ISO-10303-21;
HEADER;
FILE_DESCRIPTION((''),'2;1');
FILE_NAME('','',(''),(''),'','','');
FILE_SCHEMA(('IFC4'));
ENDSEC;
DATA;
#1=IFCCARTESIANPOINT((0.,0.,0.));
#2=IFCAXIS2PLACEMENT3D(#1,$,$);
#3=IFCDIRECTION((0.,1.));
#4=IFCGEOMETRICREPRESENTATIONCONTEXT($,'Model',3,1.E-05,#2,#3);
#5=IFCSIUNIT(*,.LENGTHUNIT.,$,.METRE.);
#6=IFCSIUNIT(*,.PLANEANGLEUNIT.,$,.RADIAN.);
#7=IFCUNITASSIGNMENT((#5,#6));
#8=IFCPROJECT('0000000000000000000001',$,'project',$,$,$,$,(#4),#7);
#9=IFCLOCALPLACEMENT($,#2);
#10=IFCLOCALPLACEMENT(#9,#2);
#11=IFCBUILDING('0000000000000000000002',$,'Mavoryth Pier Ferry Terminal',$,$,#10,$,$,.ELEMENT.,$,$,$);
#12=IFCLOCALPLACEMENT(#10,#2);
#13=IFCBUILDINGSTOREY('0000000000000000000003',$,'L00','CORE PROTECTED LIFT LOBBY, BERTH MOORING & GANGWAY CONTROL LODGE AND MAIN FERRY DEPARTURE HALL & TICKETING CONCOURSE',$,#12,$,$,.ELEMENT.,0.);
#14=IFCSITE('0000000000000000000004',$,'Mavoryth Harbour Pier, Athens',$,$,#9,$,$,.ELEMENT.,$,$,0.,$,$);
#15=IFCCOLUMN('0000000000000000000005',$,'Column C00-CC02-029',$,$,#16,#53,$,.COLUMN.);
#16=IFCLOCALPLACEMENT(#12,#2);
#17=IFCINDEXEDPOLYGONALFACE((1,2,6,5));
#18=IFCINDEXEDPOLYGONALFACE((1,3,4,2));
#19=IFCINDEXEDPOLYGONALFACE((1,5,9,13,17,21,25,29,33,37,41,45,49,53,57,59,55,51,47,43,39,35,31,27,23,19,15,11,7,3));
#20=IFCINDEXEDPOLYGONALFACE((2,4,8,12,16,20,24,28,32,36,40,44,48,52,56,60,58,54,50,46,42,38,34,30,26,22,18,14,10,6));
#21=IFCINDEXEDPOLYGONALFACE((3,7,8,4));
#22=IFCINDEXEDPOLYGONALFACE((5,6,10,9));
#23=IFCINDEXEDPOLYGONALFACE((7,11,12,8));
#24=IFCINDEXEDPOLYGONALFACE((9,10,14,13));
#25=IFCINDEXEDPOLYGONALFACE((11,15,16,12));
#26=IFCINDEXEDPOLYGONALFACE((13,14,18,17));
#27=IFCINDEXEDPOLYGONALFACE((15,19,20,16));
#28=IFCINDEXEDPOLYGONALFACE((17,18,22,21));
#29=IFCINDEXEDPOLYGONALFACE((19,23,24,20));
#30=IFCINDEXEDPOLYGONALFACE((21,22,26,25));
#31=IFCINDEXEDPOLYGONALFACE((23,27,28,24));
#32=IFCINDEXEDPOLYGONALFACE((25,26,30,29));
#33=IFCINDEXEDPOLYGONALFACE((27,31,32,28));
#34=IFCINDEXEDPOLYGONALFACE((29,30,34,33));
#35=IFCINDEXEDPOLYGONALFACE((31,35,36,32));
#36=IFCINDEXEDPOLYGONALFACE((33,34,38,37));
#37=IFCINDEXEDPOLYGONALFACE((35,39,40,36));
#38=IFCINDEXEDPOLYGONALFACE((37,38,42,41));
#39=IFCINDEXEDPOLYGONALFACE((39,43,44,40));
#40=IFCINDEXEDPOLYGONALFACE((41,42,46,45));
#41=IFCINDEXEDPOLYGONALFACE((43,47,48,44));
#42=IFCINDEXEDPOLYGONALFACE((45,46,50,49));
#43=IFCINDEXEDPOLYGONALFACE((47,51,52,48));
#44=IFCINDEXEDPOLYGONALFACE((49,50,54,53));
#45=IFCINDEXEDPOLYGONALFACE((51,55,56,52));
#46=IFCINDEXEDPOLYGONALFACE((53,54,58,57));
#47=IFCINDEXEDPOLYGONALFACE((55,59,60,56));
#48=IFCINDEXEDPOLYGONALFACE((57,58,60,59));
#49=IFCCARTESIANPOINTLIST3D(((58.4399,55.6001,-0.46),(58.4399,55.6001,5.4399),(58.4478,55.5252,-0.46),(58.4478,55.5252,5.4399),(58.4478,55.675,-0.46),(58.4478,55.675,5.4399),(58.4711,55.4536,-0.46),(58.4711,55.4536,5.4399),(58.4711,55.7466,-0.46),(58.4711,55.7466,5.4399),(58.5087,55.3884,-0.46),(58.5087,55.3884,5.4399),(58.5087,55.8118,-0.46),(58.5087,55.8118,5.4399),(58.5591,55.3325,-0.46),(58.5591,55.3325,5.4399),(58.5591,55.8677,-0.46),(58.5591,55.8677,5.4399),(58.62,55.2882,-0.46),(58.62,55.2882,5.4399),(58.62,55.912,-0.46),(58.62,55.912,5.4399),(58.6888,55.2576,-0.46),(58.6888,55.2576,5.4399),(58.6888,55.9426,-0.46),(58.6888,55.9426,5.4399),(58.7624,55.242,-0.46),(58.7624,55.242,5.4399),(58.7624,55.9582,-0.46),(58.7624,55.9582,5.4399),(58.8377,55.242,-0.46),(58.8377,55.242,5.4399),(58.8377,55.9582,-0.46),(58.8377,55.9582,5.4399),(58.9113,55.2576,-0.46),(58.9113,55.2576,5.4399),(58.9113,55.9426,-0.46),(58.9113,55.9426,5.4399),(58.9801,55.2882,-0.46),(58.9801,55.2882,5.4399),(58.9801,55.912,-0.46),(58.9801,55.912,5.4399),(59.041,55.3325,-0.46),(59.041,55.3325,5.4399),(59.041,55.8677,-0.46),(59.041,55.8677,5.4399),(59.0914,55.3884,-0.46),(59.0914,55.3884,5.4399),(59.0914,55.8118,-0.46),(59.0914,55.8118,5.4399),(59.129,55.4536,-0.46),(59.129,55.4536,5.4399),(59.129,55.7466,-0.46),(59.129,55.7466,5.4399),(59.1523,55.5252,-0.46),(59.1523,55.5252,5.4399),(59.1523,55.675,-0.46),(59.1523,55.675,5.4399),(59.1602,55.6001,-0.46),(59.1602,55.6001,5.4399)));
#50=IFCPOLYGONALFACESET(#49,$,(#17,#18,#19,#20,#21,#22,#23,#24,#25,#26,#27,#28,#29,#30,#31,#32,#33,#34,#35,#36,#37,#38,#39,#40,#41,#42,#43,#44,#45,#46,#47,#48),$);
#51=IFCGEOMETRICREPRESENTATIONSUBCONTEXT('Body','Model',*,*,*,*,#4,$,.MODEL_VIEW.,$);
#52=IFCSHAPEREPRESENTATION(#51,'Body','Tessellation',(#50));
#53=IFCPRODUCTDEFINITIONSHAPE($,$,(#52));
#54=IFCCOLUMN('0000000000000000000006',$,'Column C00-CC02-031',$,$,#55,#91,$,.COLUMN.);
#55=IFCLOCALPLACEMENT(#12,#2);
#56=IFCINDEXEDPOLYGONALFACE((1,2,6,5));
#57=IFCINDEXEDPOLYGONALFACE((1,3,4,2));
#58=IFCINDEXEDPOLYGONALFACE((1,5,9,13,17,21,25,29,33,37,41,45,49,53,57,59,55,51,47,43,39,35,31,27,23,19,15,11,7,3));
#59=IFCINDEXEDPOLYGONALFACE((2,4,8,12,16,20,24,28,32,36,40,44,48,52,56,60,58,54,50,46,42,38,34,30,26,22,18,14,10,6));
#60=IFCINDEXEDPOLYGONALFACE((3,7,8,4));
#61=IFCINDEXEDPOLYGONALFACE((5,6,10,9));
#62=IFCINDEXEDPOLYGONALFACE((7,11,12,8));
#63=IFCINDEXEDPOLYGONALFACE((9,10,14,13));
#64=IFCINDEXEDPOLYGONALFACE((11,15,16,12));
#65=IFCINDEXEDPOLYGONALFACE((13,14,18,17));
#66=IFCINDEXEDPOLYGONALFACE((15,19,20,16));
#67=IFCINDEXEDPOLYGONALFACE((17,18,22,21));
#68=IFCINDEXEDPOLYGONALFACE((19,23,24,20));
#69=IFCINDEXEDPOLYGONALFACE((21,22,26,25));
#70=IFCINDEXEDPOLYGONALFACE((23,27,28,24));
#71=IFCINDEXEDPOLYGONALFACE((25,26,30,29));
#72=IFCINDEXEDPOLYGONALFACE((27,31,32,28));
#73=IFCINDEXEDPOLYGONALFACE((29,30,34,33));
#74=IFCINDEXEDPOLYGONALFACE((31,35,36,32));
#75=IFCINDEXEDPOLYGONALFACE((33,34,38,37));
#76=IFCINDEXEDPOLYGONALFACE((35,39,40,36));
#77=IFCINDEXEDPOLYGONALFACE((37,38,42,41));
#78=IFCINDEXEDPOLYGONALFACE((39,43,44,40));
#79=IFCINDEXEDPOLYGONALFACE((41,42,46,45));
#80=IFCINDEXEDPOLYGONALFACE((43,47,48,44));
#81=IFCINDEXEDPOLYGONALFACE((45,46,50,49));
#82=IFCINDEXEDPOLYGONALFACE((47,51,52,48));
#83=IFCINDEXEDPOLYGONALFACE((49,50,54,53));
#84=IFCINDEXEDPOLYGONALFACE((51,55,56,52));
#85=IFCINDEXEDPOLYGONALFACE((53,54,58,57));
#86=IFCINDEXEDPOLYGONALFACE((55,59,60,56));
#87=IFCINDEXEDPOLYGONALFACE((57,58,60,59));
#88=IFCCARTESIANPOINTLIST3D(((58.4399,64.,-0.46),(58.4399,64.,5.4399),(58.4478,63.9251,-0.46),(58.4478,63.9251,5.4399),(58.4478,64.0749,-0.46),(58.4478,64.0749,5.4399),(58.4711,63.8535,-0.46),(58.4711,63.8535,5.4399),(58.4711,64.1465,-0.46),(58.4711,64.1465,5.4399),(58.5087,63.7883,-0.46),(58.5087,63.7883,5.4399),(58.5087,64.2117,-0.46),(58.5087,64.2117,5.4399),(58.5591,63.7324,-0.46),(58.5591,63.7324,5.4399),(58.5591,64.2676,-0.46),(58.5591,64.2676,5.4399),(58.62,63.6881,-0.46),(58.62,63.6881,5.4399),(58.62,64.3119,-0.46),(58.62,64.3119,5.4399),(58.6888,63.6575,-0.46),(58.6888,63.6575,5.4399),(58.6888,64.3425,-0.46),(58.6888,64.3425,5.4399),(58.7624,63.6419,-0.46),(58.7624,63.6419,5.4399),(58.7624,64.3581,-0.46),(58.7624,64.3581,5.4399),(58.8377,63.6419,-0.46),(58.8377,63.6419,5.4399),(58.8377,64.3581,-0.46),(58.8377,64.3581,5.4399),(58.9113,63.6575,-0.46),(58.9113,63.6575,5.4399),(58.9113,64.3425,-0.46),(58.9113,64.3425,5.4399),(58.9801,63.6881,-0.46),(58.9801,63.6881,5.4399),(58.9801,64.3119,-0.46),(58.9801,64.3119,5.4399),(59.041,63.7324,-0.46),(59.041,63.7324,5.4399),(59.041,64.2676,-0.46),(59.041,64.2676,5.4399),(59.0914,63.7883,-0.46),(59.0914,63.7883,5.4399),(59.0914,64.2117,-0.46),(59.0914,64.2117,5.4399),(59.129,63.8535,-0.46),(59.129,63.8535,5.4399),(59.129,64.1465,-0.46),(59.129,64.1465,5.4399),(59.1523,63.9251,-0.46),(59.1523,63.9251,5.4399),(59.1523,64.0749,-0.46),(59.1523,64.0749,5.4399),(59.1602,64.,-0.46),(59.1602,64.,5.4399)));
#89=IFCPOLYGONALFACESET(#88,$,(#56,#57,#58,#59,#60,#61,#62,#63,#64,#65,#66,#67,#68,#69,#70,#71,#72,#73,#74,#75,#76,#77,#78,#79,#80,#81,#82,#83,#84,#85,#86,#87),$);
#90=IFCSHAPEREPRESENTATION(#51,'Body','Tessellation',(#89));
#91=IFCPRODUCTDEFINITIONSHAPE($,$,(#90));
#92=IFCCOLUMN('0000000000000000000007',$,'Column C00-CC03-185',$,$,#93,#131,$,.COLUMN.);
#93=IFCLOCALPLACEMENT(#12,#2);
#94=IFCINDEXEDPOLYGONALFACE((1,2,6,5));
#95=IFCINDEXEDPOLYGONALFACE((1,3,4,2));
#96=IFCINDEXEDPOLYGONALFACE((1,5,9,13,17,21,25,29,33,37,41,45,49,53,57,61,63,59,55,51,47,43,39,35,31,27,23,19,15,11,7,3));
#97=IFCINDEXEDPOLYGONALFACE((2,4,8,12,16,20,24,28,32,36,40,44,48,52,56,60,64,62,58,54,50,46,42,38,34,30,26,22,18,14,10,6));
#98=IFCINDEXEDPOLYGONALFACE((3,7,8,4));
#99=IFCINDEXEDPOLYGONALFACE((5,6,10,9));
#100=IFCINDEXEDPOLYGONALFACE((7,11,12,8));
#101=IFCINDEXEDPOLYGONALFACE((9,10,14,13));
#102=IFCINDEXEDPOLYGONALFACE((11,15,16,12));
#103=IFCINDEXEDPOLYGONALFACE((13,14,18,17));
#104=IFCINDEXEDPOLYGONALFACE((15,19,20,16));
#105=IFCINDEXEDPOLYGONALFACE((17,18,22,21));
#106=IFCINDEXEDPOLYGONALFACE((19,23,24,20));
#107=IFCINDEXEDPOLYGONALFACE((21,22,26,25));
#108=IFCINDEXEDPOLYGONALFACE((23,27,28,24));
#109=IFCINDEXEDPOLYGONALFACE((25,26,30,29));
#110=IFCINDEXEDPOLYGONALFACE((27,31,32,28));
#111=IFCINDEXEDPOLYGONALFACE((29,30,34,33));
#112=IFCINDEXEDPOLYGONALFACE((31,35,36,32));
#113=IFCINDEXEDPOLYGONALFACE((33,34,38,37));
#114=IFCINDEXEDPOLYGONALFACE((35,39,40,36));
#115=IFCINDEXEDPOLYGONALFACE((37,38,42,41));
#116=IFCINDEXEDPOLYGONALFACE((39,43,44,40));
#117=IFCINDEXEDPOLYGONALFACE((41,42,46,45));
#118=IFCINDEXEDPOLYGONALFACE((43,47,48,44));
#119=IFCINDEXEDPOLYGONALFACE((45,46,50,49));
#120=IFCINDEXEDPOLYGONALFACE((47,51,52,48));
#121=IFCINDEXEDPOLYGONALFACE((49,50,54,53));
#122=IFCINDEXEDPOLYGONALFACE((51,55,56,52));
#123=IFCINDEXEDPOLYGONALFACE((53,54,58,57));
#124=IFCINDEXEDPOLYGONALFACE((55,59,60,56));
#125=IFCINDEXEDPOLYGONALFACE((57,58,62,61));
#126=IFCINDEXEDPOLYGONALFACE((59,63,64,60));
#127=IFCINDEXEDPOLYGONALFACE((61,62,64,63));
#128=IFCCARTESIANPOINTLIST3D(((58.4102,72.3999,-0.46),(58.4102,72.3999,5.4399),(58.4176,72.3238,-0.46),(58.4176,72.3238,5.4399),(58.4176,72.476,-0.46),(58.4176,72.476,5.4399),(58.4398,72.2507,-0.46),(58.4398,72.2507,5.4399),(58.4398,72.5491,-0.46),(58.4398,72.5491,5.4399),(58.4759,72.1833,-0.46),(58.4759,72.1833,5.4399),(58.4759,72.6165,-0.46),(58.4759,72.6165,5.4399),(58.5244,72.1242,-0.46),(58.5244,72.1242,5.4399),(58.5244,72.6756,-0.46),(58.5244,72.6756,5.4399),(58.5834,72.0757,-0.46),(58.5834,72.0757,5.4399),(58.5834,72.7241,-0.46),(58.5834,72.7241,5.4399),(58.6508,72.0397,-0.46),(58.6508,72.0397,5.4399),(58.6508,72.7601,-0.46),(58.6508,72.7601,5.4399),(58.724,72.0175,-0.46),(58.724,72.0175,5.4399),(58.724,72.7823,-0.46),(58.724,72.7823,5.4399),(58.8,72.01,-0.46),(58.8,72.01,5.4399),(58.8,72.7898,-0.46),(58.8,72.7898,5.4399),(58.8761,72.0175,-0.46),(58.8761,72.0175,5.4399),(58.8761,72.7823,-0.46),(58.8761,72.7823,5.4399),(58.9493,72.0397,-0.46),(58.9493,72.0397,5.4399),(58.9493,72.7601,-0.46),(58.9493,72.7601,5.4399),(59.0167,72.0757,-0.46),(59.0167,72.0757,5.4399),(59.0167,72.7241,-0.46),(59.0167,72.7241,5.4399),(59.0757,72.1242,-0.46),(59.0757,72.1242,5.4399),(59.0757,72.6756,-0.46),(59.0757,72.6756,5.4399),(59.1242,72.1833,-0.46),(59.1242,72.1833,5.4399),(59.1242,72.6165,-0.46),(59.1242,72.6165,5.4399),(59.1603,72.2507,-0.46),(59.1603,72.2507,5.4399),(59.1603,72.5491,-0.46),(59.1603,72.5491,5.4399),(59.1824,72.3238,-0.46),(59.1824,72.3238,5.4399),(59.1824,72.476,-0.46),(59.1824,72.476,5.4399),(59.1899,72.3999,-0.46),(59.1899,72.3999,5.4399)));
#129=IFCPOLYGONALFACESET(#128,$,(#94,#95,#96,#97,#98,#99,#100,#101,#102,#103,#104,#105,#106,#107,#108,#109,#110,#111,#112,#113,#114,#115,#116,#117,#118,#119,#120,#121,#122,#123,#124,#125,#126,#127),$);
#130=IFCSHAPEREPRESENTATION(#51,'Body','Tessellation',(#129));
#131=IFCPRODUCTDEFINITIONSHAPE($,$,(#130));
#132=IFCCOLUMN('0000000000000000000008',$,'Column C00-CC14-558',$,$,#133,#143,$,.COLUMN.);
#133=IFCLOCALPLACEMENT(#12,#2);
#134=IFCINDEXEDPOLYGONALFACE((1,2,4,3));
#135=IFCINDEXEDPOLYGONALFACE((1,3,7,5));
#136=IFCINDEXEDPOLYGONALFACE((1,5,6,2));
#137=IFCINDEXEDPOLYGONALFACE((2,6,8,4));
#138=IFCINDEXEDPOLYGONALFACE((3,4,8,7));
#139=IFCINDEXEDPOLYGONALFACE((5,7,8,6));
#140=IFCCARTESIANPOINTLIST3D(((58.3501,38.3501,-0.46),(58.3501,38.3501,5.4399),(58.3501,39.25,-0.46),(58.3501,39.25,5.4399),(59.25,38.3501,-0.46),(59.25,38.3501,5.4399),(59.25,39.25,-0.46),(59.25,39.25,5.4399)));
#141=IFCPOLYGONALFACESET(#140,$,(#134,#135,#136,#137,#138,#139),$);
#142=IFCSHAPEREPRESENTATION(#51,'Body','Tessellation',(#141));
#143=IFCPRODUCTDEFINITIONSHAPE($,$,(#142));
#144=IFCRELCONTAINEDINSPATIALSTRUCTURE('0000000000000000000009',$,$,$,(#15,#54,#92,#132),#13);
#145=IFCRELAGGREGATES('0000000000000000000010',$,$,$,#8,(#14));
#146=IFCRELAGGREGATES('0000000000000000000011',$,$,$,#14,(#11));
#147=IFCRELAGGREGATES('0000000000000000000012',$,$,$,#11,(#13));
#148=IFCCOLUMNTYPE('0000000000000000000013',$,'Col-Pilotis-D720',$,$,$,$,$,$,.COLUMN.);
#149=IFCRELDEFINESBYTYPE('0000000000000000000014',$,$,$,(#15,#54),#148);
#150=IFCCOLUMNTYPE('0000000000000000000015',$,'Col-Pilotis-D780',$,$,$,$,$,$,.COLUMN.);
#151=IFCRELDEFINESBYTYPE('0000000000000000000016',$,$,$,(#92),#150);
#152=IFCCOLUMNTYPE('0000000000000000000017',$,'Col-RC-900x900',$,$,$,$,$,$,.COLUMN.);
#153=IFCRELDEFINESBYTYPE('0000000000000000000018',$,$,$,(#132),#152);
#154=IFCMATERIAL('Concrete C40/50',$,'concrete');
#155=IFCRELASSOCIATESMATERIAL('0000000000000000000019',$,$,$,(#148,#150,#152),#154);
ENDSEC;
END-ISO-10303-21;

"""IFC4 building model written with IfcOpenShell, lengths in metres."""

from ifc_helpers import new_model, si_unit, direction, frame, origin, origin_2d, place, context, subcontext, project, spatial, rectangle, circle, extrude, material, material_profile, profile_set, type_object, element, save


model = new_model("IFC4")

# Units and contexts
model_context = context("Model", 3, precision=1e-05, world=origin(), true_north=direction((0.0, 1.0)))
body_context = subcontext(model_context, "Body", "Model", "MODEL_VIEW")
ifc_project = project(units=[si_unit("LENGTHUNIT", "METRE"), si_unit("PLANEANGLEUNIT", "RADIAN")], contexts=[model_context])

# Site, building, storey
site_placement = place(None, origin())
site = spatial("IfcSite", under=ifc_project, at=site_placement, Name="Mavoryth Harbour Pier, Athens", CompositionType="ELEMENT", RefElevation=0.0)
building_placement = place(site_placement, origin())
building = spatial("IfcBuilding", under=site, at=building_placement, Name="Mavoryth Pier Ferry Terminal", CompositionType="ELEMENT")
storey_placement = place(building_placement, origin())
storey = spatial("IfcBuildingStorey", under=building, at=storey_placement, Name="L00", Description="CORE PROTECTED LIFT LOBBY, BERTH MOORING & GANGWAY CONTROL LODGE AND MAIN FERRY DEPARTURE HALL & TICKETING CONCOURSE", CompositionType="ELEMENT", Elevation=0.0)

# Columns
ifc_material_1 = material(Name="Concrete C40/50", Category="concrete")
ifc_material_profile_1 = material_profile(ifc_material_1, circle(Radius=0.3601, at=origin_2d()), Name="RC D720", Category="concrete")
ifc_profile_set_1 = profile_set([ifc_material_profile_1], Name="Concrete C40/50 - RC D720")
column_type_1 = type_object("IfcColumnType", Name="Col-Pilotis-D720", PredefinedType="COLUMN", material=ifc_profile_set_1)
for number, where, z_axis, x_axis, name in (
    (1, (58.8, 55.6001, -0.46), (0.0, 0.0, 1.0), (1.0, 0.0, 0.0), "Column C00-CC02-029"),
    (2, (58.8, 64.0, -0.46), (0.0, 0.0, 1.0), (1.0, 0.0, 0.0), "Column C00-CC02-031"),
):
    element("IfcColumn", number, at=place(storey_placement, frame(where, z_axis=z_axis, x_axis=x_axis)), inside=storey, type_object=column_type_1, Name=name, PredefinedType="COLUMN", context=body_context, shape_type="SweptSolid", body=[
        extrude(circle(Radius=0.3601, at=origin_2d()), origin(), (0.0, 0.0, 1.0), 5.8999),
    ])
ifc_material_profile_2 = material_profile(ifc_material_1, circle(Radius=0.3899, at=origin_2d()), Name="RC D780", Category="concrete")
ifc_profile_set_2 = profile_set([ifc_material_profile_2], Name="Concrete C40/50 - RC D780")
column_type_2 = type_object("IfcColumnType", Name="Col-Pilotis-D780", PredefinedType="COLUMN", material=ifc_profile_set_2)
column_1_placement = place(storey_placement, frame((58.8, 72.3999, -0.46), z_axis=(0.0, 0.0, 1.0), x_axis=(1.0, 0.0, 0.0)))
element("IfcColumn", 3, at=column_1_placement, inside=storey, type_object=column_type_2, Name="Column C00-CC03-185", PredefinedType="COLUMN", context=body_context, shape_type="SweptSolid", body=[
    extrude(circle(Radius=0.3899, at=origin_2d()), origin(), (0.0, 0.0, 1.0), 5.8999),
])
ifc_material_profile_3 = material_profile(ifc_material_1, rectangle(XDim=0.8999, YDim=0.8999, at=origin_2d()), Name="RC 900x900", Category="concrete")
ifc_profile_set_3 = profile_set([ifc_material_profile_3], Name="Concrete C40/50 - RC 900x900")
column_type_3 = type_object("IfcColumnType", Name="Col-RC-900x900", PredefinedType="COLUMN", material=ifc_profile_set_3)
column_2_placement = place(storey_placement, frame((58.8, 38.8, -0.46), z_axis=(0.0, 0.0, 1.0), x_axis=(1.0, 0.0, 0.0)))
element("IfcColumn", 4, at=column_2_placement, inside=storey, type_object=column_type_3, Name="Column C00-CC14-558", PredefinedType="COLUMN", context=body_context, shape_type="SweptSolid", body=[
    extrude(rectangle(XDim=0.8999, YDim=0.8999, at=origin_2d()), origin(), (0.0, 0.0, 1.0), 5.8999),
])

save(model, "model.ifc")
